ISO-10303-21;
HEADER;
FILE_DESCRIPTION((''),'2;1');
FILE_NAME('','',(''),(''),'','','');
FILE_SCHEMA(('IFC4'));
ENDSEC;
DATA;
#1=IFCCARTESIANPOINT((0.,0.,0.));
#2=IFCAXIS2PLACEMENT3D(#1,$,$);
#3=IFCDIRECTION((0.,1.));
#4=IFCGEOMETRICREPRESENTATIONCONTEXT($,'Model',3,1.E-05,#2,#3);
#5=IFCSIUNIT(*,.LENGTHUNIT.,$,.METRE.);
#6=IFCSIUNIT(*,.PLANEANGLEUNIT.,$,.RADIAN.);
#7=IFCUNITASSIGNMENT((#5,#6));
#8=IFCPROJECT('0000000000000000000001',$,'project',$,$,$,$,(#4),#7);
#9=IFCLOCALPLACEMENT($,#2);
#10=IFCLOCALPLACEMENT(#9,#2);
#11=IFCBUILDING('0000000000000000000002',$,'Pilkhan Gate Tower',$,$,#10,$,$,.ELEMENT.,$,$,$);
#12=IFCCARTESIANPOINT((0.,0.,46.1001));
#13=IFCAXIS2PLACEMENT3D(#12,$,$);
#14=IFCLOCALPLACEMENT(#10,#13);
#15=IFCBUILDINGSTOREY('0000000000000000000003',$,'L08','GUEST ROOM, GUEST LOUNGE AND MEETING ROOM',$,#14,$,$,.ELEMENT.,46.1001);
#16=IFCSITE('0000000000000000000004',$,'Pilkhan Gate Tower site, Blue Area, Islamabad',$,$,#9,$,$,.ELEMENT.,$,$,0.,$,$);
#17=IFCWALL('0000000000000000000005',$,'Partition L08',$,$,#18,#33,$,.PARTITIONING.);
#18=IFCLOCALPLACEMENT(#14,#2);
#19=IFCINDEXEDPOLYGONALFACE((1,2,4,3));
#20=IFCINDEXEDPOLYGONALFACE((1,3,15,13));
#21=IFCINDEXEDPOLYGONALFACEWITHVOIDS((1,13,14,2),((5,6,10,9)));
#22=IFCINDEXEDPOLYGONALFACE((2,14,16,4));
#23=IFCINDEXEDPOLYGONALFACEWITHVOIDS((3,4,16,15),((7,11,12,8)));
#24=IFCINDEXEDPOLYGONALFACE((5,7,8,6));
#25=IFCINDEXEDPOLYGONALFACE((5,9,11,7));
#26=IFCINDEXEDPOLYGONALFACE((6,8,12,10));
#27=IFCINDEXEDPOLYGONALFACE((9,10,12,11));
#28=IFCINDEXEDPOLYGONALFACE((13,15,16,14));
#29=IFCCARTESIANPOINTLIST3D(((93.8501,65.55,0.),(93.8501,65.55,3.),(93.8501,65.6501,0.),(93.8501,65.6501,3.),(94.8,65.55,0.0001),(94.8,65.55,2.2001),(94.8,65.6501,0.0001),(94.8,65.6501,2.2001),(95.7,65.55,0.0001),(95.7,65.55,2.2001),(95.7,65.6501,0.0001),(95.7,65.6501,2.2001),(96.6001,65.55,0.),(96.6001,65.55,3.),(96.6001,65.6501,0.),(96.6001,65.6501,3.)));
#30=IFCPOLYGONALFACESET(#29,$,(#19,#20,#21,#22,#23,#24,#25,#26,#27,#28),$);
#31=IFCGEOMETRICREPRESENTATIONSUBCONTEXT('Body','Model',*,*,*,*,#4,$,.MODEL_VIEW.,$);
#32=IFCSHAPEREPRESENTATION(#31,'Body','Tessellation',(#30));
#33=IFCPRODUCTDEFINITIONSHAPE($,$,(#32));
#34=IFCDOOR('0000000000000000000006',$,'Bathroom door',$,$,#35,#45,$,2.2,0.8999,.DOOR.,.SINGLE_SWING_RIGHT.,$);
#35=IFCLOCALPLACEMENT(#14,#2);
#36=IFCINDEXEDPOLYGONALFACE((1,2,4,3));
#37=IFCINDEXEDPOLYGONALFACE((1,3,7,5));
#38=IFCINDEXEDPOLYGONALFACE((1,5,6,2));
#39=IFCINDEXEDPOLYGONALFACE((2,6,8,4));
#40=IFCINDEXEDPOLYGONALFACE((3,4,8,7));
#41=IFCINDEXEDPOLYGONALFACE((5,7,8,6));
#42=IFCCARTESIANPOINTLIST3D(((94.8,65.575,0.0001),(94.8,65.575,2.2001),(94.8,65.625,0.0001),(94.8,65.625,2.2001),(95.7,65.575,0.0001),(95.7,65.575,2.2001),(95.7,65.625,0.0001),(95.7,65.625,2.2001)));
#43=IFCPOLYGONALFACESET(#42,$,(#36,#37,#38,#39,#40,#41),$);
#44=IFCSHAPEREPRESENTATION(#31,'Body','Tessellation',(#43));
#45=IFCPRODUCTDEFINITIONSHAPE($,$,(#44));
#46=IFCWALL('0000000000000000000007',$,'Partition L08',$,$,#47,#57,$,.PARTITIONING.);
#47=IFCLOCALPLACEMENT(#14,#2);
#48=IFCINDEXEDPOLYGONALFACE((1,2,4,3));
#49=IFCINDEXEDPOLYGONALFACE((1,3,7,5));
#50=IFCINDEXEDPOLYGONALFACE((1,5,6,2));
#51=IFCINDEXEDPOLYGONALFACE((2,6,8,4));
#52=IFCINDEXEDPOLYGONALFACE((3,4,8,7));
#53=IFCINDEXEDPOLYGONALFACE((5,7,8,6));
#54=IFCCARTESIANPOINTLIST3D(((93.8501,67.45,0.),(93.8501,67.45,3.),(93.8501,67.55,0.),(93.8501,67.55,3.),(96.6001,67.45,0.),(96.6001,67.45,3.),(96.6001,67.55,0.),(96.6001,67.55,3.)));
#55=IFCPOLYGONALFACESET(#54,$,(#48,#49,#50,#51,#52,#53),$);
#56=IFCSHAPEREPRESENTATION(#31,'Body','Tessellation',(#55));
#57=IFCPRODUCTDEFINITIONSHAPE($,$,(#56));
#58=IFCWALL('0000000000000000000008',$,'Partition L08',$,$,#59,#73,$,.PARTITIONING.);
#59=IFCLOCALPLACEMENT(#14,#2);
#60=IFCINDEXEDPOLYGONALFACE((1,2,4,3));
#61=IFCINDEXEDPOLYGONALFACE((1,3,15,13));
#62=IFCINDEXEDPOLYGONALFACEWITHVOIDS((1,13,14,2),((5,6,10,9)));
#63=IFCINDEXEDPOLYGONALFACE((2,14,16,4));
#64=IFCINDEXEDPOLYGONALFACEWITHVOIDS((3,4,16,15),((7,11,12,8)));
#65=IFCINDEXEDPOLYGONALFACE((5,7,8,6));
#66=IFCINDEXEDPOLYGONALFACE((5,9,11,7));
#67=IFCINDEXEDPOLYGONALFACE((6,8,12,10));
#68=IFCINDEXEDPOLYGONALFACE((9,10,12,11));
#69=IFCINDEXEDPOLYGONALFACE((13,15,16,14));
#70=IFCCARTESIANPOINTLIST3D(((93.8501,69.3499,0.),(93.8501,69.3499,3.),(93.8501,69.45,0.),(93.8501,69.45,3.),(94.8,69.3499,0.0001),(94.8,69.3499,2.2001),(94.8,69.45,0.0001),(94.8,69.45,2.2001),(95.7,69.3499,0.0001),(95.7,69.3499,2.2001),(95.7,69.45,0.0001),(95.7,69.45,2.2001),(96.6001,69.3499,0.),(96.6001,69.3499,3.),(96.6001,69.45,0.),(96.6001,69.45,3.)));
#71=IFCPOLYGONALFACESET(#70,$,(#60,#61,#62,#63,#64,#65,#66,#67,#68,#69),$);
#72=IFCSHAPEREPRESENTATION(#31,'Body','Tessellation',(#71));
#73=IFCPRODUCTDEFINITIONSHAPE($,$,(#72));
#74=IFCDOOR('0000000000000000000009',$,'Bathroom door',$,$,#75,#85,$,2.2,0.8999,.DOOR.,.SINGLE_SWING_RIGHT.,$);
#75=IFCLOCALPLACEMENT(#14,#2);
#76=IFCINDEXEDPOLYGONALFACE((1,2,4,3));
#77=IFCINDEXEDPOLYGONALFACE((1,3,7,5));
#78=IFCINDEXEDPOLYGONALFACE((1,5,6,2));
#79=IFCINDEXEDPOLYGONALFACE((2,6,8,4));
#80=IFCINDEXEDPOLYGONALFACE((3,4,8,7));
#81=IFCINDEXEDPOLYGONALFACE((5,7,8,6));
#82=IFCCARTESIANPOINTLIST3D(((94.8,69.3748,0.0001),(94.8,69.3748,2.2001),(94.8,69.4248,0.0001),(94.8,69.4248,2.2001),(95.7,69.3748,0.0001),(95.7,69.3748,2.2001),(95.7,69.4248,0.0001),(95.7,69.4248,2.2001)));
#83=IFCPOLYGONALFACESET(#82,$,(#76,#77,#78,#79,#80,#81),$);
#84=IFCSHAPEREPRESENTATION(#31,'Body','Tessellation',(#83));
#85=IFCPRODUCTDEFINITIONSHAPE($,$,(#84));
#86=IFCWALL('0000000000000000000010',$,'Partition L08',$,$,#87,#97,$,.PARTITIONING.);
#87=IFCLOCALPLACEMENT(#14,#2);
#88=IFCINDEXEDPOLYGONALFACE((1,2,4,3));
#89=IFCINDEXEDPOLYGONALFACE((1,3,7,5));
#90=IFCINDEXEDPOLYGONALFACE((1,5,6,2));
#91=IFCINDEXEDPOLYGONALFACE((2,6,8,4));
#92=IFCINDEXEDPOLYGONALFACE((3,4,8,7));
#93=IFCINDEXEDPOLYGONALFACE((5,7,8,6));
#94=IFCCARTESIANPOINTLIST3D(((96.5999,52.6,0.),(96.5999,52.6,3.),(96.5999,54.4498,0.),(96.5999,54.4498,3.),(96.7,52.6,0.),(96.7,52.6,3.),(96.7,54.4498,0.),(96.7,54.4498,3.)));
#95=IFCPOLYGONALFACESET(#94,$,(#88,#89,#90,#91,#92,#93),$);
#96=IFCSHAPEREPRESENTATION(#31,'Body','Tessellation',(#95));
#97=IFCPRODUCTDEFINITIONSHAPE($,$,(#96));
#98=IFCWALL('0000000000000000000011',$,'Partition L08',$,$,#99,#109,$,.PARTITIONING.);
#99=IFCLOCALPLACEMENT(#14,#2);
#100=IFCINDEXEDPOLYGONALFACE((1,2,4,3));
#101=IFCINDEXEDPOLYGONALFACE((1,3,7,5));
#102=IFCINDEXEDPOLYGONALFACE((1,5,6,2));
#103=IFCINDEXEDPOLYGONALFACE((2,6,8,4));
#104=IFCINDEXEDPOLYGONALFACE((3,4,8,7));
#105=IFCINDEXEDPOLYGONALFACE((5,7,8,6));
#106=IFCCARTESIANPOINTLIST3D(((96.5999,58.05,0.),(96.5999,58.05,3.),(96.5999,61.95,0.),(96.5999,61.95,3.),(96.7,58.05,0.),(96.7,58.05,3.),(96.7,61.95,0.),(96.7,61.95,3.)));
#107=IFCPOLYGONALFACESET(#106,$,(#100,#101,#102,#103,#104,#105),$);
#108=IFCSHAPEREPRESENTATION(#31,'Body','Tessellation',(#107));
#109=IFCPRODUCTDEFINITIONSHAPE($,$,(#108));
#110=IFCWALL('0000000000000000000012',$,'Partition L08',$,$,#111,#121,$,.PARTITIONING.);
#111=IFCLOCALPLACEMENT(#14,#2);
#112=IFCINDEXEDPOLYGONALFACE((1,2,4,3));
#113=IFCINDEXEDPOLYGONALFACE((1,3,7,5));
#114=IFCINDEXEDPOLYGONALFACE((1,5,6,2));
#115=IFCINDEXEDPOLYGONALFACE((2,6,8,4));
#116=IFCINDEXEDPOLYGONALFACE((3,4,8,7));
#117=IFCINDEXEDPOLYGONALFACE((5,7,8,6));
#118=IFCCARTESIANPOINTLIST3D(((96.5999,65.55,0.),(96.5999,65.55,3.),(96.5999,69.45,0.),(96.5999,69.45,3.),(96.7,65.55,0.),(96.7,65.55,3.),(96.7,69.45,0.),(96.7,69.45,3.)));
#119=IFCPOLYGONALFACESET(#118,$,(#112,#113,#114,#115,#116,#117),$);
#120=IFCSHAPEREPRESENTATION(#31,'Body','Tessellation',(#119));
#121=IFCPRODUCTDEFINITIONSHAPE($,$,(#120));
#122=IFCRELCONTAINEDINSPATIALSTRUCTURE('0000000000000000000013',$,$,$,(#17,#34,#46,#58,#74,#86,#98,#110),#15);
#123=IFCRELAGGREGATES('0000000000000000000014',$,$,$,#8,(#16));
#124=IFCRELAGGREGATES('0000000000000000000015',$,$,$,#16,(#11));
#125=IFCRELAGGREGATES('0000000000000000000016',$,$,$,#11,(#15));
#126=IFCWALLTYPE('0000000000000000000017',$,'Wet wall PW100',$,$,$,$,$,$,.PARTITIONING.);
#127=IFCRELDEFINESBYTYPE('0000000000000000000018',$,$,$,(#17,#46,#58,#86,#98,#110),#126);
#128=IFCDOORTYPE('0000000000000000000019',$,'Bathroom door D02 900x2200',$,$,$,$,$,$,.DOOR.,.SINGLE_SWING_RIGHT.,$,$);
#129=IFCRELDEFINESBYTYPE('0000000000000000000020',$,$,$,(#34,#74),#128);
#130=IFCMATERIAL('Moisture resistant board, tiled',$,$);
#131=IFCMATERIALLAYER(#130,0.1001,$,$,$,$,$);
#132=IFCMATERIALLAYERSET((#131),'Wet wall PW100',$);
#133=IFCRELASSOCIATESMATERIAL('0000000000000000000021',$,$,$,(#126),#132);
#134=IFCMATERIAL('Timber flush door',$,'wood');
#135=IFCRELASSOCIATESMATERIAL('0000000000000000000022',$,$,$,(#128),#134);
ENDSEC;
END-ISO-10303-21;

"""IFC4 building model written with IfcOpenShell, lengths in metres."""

from ifc_helpers import new_model, si_unit, direction, frame, frame_2d, origin, place, context, subcontext, project, spatial, rectangle, extrude, material, layer, layer_set, type_object, element, fill, save


model = new_model("IFC4")

# Units and contexts
model_context = context("Model", 3, precision=1e-05, world=origin(), true_north=direction((0.0, 1.0)))
body_context = subcontext(model_context, "Body", "Model", "MODEL_VIEW")
ifc_project = project(units=[si_unit("LENGTHUNIT", "METRE"), si_unit("PLANEANGLEUNIT", "RADIAN")], contexts=[model_context])

# Site, building, storey
site_placement = place(None, origin())
site = spatial("IfcSite", under=ifc_project, at=site_placement, Name="Pilkhan Gate Tower site, Blue Area, Islamabad", CompositionType="ELEMENT", RefElevation=0.0)
building_placement = place(site_placement, origin())
building = spatial("IfcBuilding", under=site, at=building_placement, Name="Pilkhan Gate Tower", CompositionType="ELEMENT")
storey_placement = place(building_placement, frame((0.0, 0.0, 46.1001)))
storey = spatial("IfcBuildingStorey", under=building, at=storey_placement, Name="L08", Description="GUEST ROOM, GUEST LOUNGE AND MEETING ROOM", CompositionType="ELEMENT", Elevation=46.1001)

# Shared definitions
ifc_material_1 = material(Name="Moisture resistant board, tiled")
ifc_layer_1 = layer(ifc_material_1, 0.1001)
ifc_layer_set_1 = layer_set([ifc_layer_1], Name="Wet wall PW100")
wall_type_1 = type_object("IfcWallType", Name="Wet wall PW100", PredefinedType="PARTITIONING", material=ifc_layer_set_1)

# Wall, opening, door
ifc_material_2 = material(Name="Timber flush door", Category="wood")
door_type = type_object("IfcDoorType", Name="Bathroom door D02 900x2200", OperationType="SINGLE_SWING_RIGHT", PredefinedType="DOOR", material=ifc_material_2)
wall_1_placement = place(storey_placement, frame((93.8501, 65.6001, 0.0), z_axis=(0.0, 0.0, 1.0), x_axis=(1.0, 0.0, 0.0)))
wall_1 = element("IfcWall", 1, at=wall_1_placement, inside=storey, type_object=wall_type_1, Name="Partition L08", PredefinedType="PARTITIONING", context=body_context, shape_type="SweptSolid", body=[
    extrude(rectangle(XDim=2.75, YDim=0.1001, at=frame_2d((1.375, 0.0))), origin(), (0.0, 0.0, 1.0), 3.0),
])
opening_1_placement = place(wall_1_placement, frame((0.95, 0.0, 0.0)))
opening_1 = element("IfcOpeningElement", 2, at=opening_1_placement, cuts=wall_1, PredefinedType="OPENING", context=body_context, shape_type="SweptSolid", body=[
    extrude(rectangle(XDim=0.8999, YDim=2.2, at=frame_2d((0.45, 1.1001))), frame((0.0, 0.0601, 0.0), z_axis=(0.0, -1.0, 0.0), x_axis=(1.0, 0.0, 0.0)), (0.0, 0.0, 1.0), 0.1201),
])
door_1_placement = place(opening_1_placement, origin())
door_1 = element("IfcDoor", 3, at=door_1_placement, inside=storey, type_object=door_type, Name="Bathroom door", OperationType="SINGLE_SWING_RIGHT", OverallHeight=2.2, OverallWidth=0.8999, PredefinedType="DOOR", context=body_context, shape_type="SweptSolid", body=[
    extrude(rectangle(XDim=0.8999, YDim=2.2, at=frame_2d((0.45, 1.1001))), frame((0.0, 0.0249, 0.0), z_axis=(0.0, -1.0, 0.0), x_axis=(1.0, 0.0, 0.0)), (0.0, 0.0, 1.0), 0.05),
])
fill(opening_1, door_1)

# Wall
wall_2_placement = place(storey_placement, frame((93.8501, 67.5, 0.0), z_axis=(0.0, 0.0, 1.0), x_axis=(1.0, 0.0, 0.0)))
element("IfcWall", 4, at=wall_2_placement, inside=storey, type_object=wall_type_1, Name="Partition L08", PredefinedType="PARTITIONING", context=body_context, shape_type="SweptSolid", body=[
    extrude(rectangle(XDim=2.75, YDim=0.1001, at=frame_2d((1.375, 0.0))), origin(), (0.0, 0.0, 1.0), 3.0),
])

# Wall, opening, door
wall_3_placement = place(storey_placement, frame((93.8501, 69.3999, 0.0), z_axis=(0.0, 0.0, 1.0), x_axis=(1.0, 0.0, 0.0)))
wall_3 = element("IfcWall", 5, at=wall_3_placement, inside=storey, type_object=wall_type_1, Name="Partition L08", PredefinedType="PARTITIONING", context=body_context, shape_type="SweptSolid", body=[
    extrude(rectangle(XDim=2.75, YDim=0.1001, at=frame_2d((1.375, 0.0))), origin(), (0.0, 0.0, 1.0), 3.0),
])
opening_2_placement = place(wall_3_placement, frame((0.95, 0.0, 0.0)))
opening_2 = element("IfcOpeningElement", 6, at=opening_2_placement, cuts=wall_3, PredefinedType="OPENING", context=body_context, shape_type="SweptSolid", body=[
    extrude(rectangle(XDim=0.8999, YDim=2.2, at=frame_2d((0.45, 1.1001))), frame((0.0, 0.0601, 0.0), z_axis=(0.0, -1.0, 0.0), x_axis=(1.0, 0.0, 0.0)), (0.0, 0.0, 1.0), 0.1201),
])
door_2_placement = place(opening_2_placement, origin())
door_2 = element("IfcDoor", 7, at=door_2_placement, inside=storey, type_object=door_type, Name="Bathroom door", OperationType="SINGLE_SWING_RIGHT", OverallHeight=2.2, OverallWidth=0.8999, PredefinedType="DOOR", context=body_context, shape_type="SweptSolid", body=[
    extrude(rectangle(XDim=0.8999, YDim=2.2, at=frame_2d((0.45, 1.1001))), frame((0.0, 0.0249, 0.0), z_axis=(0.0, -1.0, 0.0), x_axis=(1.0, 0.0, 0.0)), (0.0, 0.0, 1.0), 0.05),
])
fill(opening_2, door_2)

# Walls
wall_4_placement = place(storey_placement, frame((96.6499, 52.6001, 0.0), z_axis=(0.0, 0.0, 1.0), x_axis=(0.0, 1.0, 0.0)))
element("IfcWall", 8, at=wall_4_placement, inside=storey, type_object=wall_type_1, Name="Partition L08", PredefinedType="PARTITIONING", context=body_context, shape_type="SweptSolid", body=[
    extrude(rectangle(XDim=1.8499, YDim=0.1001, at=frame_2d((0.9248, 0.0))), origin(), (0.0, 0.0, 1.0), 3.0),
])
for number, where, z_axis, x_axis, name in (
    (9, (96.6499, 58.05, 0.0), (0.0, 0.0, 1.0), (0.0, 1.0, 0.0), "Partition L08"),
    (10, (96.6499, 65.55, 0.0), (0.0, 0.0, 1.0), (0.0, 1.0, 0.0), "Partition L08"),
):
    element("IfcWall", number, at=place(storey_placement, frame(where, z_axis=z_axis, x_axis=x_axis)), inside=storey, type_object=wall_type_1, Name=name, PredefinedType="PARTITIONING", context=body_context, shape_type="SweptSolid", body=[
        extrude(rectangle(XDim=3.8999, YDim=0.1001, at=frame_2d((1.95, 0.0))), origin(), (0.0, 0.0, 1.0), 3.0),
    ])

save(model, "model.ifc")
